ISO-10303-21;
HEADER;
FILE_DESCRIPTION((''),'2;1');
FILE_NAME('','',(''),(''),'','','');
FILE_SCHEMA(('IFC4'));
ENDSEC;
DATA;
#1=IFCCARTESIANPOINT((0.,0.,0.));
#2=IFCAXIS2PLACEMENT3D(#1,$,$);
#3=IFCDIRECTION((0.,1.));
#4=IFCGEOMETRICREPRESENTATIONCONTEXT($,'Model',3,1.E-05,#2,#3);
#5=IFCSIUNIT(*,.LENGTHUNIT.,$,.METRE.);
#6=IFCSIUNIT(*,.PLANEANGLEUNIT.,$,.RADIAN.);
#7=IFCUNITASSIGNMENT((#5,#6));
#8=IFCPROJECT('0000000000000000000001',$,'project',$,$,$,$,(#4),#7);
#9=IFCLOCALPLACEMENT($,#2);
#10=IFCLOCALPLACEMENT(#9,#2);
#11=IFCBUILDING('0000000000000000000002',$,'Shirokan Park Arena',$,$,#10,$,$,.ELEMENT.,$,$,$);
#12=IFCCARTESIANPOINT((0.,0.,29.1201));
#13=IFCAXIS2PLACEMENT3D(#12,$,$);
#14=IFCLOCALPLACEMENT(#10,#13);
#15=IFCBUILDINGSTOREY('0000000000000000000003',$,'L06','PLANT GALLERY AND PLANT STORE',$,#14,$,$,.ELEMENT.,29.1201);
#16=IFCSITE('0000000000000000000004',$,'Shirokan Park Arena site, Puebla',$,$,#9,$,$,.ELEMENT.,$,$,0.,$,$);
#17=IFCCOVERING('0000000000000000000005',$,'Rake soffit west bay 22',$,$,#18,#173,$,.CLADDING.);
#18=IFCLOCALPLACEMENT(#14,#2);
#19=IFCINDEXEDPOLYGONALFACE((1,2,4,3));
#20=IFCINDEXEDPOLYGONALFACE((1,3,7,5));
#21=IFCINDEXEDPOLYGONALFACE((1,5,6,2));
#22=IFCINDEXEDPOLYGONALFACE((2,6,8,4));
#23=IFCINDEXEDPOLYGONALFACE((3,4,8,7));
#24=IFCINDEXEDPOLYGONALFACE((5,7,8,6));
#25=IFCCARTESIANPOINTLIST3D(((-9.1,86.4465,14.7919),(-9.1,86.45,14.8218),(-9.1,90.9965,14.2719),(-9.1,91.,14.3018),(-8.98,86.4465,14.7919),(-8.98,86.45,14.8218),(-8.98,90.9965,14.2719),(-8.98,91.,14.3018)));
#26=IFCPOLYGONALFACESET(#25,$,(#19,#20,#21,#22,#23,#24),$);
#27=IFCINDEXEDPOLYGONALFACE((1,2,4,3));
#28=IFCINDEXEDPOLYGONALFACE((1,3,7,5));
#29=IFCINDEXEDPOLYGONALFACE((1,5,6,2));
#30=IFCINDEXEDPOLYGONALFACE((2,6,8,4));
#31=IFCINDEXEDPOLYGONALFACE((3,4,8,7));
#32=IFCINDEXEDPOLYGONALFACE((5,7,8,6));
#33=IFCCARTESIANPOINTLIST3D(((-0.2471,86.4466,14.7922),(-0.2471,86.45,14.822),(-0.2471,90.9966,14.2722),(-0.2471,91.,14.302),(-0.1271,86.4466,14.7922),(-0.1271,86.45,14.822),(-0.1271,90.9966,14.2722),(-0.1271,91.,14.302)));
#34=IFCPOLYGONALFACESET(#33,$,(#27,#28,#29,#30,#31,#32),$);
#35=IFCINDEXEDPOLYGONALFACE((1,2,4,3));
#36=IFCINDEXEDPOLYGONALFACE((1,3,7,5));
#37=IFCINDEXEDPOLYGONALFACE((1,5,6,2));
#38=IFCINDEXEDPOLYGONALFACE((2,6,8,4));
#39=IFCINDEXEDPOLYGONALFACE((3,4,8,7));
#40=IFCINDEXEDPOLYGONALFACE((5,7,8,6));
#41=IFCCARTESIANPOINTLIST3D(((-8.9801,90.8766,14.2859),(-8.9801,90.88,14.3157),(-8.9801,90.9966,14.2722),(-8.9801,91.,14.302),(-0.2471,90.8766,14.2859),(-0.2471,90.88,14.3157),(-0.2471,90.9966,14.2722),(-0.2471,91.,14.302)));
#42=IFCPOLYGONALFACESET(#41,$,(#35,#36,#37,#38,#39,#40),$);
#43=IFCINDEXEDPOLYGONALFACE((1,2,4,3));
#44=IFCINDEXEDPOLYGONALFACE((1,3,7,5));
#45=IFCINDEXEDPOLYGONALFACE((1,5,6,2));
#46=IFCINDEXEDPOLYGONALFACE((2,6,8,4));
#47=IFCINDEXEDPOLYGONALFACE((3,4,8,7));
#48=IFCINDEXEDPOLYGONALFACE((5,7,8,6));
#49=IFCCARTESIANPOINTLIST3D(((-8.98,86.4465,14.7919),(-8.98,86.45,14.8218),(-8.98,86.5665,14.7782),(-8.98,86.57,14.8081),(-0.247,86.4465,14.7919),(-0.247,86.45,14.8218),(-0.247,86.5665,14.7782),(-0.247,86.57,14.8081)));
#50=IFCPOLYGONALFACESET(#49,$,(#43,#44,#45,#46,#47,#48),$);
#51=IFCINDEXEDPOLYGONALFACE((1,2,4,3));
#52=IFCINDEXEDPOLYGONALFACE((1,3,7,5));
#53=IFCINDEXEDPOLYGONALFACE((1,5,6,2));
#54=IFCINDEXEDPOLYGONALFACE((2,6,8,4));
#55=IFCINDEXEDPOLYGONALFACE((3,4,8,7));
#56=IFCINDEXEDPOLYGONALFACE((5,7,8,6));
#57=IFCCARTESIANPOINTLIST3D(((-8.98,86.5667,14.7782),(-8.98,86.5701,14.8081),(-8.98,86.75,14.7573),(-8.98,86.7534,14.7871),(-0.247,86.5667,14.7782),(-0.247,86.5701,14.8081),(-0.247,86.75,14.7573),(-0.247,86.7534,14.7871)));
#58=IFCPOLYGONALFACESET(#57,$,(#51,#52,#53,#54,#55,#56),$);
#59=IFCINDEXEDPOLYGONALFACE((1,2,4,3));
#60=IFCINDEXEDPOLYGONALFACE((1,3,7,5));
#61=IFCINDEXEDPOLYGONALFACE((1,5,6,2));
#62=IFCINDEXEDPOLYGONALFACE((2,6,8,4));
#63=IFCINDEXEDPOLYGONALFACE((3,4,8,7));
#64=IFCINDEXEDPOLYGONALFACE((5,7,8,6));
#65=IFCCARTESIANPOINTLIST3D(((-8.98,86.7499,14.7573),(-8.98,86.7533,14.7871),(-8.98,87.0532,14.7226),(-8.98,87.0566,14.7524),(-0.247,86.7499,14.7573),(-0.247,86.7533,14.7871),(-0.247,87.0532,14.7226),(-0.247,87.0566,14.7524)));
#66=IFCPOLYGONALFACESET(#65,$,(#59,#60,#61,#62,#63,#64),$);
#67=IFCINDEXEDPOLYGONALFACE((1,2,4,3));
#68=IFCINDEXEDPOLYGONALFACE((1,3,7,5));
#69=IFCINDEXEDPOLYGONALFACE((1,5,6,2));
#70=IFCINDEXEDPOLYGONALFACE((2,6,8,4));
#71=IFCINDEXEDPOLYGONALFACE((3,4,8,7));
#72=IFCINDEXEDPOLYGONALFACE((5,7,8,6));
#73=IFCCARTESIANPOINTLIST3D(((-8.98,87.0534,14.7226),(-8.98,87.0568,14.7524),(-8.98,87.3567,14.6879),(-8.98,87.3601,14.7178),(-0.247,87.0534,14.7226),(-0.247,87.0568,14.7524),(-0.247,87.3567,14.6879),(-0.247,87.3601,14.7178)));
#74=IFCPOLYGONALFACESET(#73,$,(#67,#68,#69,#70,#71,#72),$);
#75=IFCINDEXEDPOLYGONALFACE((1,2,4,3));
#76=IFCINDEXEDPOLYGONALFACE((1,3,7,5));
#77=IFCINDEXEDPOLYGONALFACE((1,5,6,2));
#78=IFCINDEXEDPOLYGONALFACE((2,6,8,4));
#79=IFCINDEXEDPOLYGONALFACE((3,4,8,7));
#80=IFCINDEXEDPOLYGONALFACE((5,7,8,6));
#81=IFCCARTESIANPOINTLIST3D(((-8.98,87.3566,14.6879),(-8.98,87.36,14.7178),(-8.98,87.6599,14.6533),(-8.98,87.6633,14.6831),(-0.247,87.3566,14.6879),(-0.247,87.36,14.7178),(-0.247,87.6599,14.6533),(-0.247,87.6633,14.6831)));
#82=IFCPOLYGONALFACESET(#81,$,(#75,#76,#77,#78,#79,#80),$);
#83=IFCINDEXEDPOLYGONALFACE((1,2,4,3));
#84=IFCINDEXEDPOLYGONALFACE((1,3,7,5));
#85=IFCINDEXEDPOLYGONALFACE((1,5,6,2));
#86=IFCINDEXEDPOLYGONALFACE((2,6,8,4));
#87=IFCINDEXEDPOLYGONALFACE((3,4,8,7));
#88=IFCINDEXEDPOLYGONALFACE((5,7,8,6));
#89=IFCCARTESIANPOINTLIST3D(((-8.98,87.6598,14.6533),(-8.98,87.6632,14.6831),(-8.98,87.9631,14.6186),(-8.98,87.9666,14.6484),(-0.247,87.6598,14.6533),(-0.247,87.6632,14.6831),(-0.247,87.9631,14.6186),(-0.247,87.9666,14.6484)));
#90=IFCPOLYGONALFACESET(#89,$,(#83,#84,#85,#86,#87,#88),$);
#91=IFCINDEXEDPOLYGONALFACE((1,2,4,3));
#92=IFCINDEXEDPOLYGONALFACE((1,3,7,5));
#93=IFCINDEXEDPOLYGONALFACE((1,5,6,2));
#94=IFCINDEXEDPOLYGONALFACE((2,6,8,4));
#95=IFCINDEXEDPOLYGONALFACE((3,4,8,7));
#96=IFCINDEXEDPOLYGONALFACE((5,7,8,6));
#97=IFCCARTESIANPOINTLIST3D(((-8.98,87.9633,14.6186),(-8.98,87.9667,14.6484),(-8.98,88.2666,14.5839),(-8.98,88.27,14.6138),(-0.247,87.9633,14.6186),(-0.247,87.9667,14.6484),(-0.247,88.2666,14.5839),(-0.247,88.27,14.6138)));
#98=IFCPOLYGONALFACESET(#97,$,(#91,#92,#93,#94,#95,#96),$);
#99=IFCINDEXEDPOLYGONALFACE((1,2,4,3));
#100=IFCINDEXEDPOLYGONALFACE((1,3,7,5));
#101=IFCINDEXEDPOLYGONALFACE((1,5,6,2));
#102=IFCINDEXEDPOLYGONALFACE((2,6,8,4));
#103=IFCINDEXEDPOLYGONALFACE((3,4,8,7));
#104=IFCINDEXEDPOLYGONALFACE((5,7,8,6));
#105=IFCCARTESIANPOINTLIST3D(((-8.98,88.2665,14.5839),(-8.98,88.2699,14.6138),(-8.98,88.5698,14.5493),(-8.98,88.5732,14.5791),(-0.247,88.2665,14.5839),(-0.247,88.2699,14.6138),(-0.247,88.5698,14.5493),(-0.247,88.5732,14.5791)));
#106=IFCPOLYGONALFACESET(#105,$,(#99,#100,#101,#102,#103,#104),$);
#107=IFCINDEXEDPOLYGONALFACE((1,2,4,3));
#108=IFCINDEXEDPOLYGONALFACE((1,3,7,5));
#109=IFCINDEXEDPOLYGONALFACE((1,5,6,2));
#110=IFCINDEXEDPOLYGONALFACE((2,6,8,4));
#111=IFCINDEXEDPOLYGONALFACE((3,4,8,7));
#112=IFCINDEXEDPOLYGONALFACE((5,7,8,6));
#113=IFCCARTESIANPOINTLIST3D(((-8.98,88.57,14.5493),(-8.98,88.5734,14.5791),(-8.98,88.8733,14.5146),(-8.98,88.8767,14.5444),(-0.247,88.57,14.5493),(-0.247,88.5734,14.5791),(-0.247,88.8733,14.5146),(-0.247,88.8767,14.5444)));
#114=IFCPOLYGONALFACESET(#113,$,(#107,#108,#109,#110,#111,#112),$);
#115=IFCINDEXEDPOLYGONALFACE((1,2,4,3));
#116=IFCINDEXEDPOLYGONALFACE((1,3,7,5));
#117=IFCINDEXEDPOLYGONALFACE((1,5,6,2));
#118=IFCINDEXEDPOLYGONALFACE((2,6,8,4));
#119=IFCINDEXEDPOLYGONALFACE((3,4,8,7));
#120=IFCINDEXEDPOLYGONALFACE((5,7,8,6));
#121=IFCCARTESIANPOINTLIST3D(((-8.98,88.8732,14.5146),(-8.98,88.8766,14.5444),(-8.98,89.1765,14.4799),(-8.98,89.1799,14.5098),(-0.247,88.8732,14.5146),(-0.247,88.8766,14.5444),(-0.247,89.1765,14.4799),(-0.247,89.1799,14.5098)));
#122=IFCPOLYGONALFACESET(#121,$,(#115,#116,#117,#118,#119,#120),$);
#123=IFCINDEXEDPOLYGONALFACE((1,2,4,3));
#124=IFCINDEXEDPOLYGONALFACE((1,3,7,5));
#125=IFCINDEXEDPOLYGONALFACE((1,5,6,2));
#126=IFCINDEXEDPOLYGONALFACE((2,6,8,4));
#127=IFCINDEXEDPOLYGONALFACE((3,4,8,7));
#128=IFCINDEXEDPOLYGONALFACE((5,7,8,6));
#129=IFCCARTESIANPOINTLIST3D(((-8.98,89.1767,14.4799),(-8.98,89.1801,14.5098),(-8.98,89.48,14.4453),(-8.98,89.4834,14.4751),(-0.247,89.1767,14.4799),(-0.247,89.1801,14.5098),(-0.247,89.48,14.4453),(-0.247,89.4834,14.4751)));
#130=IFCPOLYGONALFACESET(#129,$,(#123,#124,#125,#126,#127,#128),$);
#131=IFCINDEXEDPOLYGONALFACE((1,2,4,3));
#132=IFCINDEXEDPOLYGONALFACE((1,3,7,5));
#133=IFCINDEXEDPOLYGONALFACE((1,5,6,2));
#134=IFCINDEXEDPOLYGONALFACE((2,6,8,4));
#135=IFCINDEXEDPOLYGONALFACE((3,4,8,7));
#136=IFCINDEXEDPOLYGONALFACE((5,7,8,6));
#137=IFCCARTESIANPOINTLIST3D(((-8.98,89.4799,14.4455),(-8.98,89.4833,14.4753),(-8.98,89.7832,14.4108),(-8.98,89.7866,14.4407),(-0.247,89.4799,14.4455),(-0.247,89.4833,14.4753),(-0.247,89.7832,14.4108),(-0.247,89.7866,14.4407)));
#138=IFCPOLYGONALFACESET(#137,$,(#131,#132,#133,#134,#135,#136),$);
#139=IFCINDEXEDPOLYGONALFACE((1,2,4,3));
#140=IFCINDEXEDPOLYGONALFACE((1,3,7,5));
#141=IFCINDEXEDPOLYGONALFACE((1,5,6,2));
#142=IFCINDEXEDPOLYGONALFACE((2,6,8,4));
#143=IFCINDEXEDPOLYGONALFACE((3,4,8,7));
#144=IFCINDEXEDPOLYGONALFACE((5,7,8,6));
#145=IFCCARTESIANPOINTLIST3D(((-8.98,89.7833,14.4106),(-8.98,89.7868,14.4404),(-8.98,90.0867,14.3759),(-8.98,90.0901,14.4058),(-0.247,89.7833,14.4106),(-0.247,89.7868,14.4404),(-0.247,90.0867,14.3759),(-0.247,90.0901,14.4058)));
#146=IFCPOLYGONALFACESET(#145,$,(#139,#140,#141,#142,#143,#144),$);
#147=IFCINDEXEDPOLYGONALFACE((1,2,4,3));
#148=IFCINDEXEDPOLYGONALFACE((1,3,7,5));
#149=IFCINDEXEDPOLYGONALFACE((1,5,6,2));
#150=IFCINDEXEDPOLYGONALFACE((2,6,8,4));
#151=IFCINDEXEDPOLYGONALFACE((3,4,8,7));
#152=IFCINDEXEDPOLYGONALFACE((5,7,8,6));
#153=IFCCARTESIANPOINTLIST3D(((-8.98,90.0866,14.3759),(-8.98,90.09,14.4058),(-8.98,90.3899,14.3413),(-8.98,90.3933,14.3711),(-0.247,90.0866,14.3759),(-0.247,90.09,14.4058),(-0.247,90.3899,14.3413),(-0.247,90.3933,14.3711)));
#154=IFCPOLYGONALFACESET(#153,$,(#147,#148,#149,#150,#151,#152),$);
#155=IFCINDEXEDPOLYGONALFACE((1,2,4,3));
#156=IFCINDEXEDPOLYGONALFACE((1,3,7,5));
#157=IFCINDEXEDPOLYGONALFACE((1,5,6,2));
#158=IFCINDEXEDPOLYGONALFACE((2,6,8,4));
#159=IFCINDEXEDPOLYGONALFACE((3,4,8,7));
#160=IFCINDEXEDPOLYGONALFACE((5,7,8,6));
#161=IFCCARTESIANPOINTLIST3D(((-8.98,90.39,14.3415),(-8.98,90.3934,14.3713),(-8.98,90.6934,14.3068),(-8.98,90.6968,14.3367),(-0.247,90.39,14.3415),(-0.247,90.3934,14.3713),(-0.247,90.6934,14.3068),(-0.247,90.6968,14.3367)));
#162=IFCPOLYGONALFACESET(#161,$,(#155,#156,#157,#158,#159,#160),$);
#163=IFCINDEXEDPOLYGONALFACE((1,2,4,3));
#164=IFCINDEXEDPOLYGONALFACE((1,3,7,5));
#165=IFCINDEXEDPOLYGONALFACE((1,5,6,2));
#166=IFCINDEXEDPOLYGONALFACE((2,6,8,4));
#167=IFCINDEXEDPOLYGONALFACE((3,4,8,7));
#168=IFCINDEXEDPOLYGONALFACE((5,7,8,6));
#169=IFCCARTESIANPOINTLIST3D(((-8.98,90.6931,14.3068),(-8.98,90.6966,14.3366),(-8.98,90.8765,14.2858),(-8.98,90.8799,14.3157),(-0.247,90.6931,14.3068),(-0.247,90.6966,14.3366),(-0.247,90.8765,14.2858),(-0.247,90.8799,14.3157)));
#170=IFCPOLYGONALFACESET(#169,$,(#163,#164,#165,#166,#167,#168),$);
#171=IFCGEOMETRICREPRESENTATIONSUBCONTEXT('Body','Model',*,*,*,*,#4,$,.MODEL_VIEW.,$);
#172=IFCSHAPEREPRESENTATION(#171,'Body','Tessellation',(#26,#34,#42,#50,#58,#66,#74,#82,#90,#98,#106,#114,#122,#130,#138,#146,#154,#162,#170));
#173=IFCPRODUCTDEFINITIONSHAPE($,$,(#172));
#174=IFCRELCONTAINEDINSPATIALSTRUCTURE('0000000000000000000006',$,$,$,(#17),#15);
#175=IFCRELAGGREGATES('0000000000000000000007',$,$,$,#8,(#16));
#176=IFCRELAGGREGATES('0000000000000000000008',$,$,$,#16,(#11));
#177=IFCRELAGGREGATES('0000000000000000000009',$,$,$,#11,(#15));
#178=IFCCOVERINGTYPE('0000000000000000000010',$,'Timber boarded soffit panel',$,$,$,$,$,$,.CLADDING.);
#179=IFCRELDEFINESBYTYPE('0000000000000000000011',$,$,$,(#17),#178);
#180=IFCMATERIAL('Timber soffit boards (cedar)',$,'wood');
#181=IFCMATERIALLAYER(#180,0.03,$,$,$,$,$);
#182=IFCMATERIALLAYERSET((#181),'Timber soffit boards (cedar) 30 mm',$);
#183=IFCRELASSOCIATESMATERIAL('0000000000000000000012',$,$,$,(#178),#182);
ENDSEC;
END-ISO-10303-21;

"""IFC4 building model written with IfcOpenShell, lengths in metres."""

from ifc_helpers import new_model, si_unit, direction, frame, origin, place, context, subcontext, project, spatial, polyline, outline, extrude, material, layer, layer_set, type_object, element, save


model = new_model("IFC4")

# Units and contexts
model_context = context("Model", 3, precision=1e-05, world=origin(), true_north=direction((0.0, 1.0)))
body_context = subcontext(model_context, "Body", "Model", "MODEL_VIEW")
ifc_project = project(units=[si_unit("LENGTHUNIT", "METRE"), si_unit("PLANEANGLEUNIT", "RADIAN")], contexts=[model_context])

# Site, building, storey
site_placement = place(None, origin())
site = spatial("IfcSite", under=ifc_project, at=site_placement, Name="Shirokan Park Arena site, Puebla", CompositionType="ELEMENT", RefElevation=0.0)
building_placement = place(site_placement, origin())
building = spatial("IfcBuilding", under=site, at=building_placement, Name="Shirokan Park Arena", CompositionType="ELEMENT")
storey_placement = place(building_placement, frame((0.0, 0.0, 29.1201)))
storey = spatial("IfcBuildingStorey", under=building, at=storey_placement, Name="L06", Description="PLANT GALLERY AND PLANT STORE", CompositionType="ELEMENT", Elevation=29.1201)

# Covering
ifc_material = material(Name="Timber soffit boards (cedar)", Category="wood")
ifc_layer = layer(ifc_material, 0.03)
ifc_layer_set = layer_set([ifc_layer], Name="Timber soffit boards (cedar) 30 mm")
covering_type = type_object("IfcCoveringType", Name="Timber boarded soffit panel", PredefinedType="CLADDING", material=ifc_layer_set)
covering_1_placement = place(storey_placement, origin())
element("IfcCovering", 1, at=covering_1_placement, inside=storey, type_object=covering_type, Name="Rake soffit west bay 22", PredefinedType="CLADDING", context=body_context, shape_type="SweptSolid", body=[
    extrude(outline(polyline([(0.0, 0.0), (0.12, 0.0), (0.12, -4.5796), (0.0, -4.5796), (0.0, 0.0)])), frame((-8.98, 86.45, 14.8218), z_axis=(0.0, 0.113547, 0.993533), x_axis=(-1.0, 0.0, 0.0)), (0.0, 0.0, -1.0), 0.03),
    extrude(outline(polyline([(0.0, 0.0), (0.12, 0.0), (0.12, -4.5796), (0.0, -4.5796), (0.0, 0.0)])), frame((-0.2471, 91.0, 14.302), z_axis=(0.0, 0.113547, 0.993533), x_axis=(1.0, 0.0, 0.0)), (0.0, 0.0, -1.0), 0.03),
    extrude(outline(polyline([(0.0, 0.0), (0.1208, 0.0), (0.1208, -8.733), (0.0, -8.733), (0.0, 0.0)])), frame((-0.2471, 91.0, 14.302), z_axis=(0.0, 0.113512, 0.993537), x_axis=(0.0, -0.993537, 0.113512)), (0.0, 0.0, -1.0), 0.03),
    extrude(outline(polyline([(0.0, 0.0), (0.1208, 0.0), (0.1208, -8.733), (0.0, -8.733), (0.0, 0.0)])), frame((-8.98, 86.45, 14.8218), z_axis=(0.0, 0.113512, 0.993537), x_axis=(0.0, 0.993537, -0.113512)), (0.0, 0.0, -1.0), 0.03),
    extrude(outline(polyline([(0.0, 0.0), (8.733, 0.0), (8.733, -0.1845), (0.0, -0.1845), (0.0, 0.0)])), frame((-8.98, 86.7534, 14.7871), z_axis=(0.0, 0.113589, 0.993528), x_axis=(1.0, 0.0, 0.0)), (0.0, 0.0, -1.0), 0.03),
    extrude(outline(polyline([(0.0, 0.0), (8.733, 0.0), (8.733, -0.3053), (0.0, -0.3053), (0.0, 0.0)])), frame((-8.98, 87.0566, 14.7524), z_axis=(0.0, 0.113523, 0.993535), x_axis=(1.0, 0.0, 0.0)), (0.0, 0.0, -1.0), 0.03),
    extrude(outline(polyline([(0.0, 0.0), (8.733, 0.0), (8.733, -0.3053), (0.0, -0.3053), (0.0, 0.0)])), frame((-8.98, 87.3601, 14.7178), z_axis=(0.0, 0.113559, 0.993531), x_axis=(1.0, 0.0, 0.0)), (0.0, 0.0, -1.0), 0.03),
    extrude(outline(polyline([(0.0, 0.0), (8.733, 0.0), (8.733, -0.3053), (0.0, -0.3053), (0.0, 0.0)])), frame((-8.98, 87.6633, 14.6831), z_axis=(0.0, 0.113559, 0.993531), x_axis=(1.0, 0.0, 0.0)), (0.0, 0.0, -1.0), 0.03),
    extrude(outline(polyline([(0.0, 0.0), (8.733, 0.0), (8.733, -0.3053), (0.0, -0.3053), (0.0, 0.0)])), frame((-8.98, 87.9666, 14.6484), z_axis=(0.0, 0.113523, 0.993535), x_axis=(1.0, 0.0, 0.0)), (0.0, 0.0, -1.0), 0.03),
    extrude(outline(polyline([(0.0, 0.0), (8.733, 0.0), (8.733, -0.3053), (0.0, -0.3053), (0.0, 0.0)])), frame((-8.98, 88.27, 14.6138), z_axis=(0.0, 0.113559, 0.993531), x_axis=(1.0, 0.0, 0.0)), (0.0, 0.0, -1.0), 0.03),
    extrude(outline(polyline([(0.0, 0.0), (8.733, 0.0), (8.733, -0.3053), (0.0, -0.3053), (0.0, 0.0)])), frame((-8.98, 88.5732, 14.5791), z_axis=(0.0, 0.113559, 0.993531), x_axis=(1.0, 0.0, 0.0)), (0.0, 0.0, -1.0), 0.03),
    extrude(outline(polyline([(0.0, 0.0), (8.733, 0.0), (8.733, -0.3053), (0.0, -0.3053), (0.0, 0.0)])), frame((-8.98, 88.8767, 14.5444), z_axis=(0.0, 0.113523, 0.993535), x_axis=(1.0, 0.0, 0.0)), (0.0, 0.0, -1.0), 0.03),
    extrude(outline(polyline([(0.0, 0.0), (8.733, 0.0), (8.733, -0.3053), (0.0, -0.3053), (0.0, 0.0)])), frame((-8.98, 89.1799, 14.5098), z_axis=(0.0, 0.113559, 0.993531), x_axis=(1.0, 0.0, 0.0)), (0.0, 0.0, -1.0), 0.03),
    extrude(outline(polyline([(0.0, 0.0), (8.733, 0.0), (8.733, -0.3053), (0.0, -0.3053), (0.0, 0.0)])), frame((-8.98, 89.4834, 14.4751), z_axis=(0.0, 0.113559, 0.993531), x_axis=(1.0, 0.0, 0.0)), (0.0, 0.0, -1.0), 0.03),
    extrude(outline(polyline([(0.0, 0.0), (8.733, 0.0), (8.733, -0.3053), (0.0, -0.3053), (0.0, 0.0)])), frame((-8.98, 89.7866, 14.4407), z_axis=(0.0, 0.113523, 0.993535), x_axis=(1.0, 0.0, 0.0)), (0.0, 0.0, -1.0), 0.03),
    extrude(outline(polyline([(0.0, 0.0), (8.733, 0.0), (8.733, -0.3053), (0.0, -0.3053), (0.0, 0.0)])), frame((-8.98, 90.0901, 14.4058), z_axis=(0.0, 0.113559, 0.993531), x_axis=(1.0, 0.0, 0.0)), (0.0, 0.0, -1.0), 0.03),
    extrude(outline(polyline([(0.0, 0.0), (8.733, 0.0), (8.733, -0.3053), (0.0, -0.3053), (0.0, 0.0)])), frame((-8.98, 90.3933, 14.3711), z_axis=(0.0, 0.113559, 0.993531), x_axis=(1.0, 0.0, 0.0)), (0.0, 0.0, -1.0), 0.03),
    extrude(outline(polyline([(0.0, 0.0), (8.733, 0.0), (8.733, -0.3053), (0.0, -0.3053), (0.0, 0.0)])), frame((-8.98, 90.6968, 14.3367), z_axis=(0.0, 0.113523, 0.993535), x_axis=(1.0, 0.0, 0.0)), (0.0, 0.0, -1.0), 0.03),
    extrude(outline(polyline([(0.0, 0.0), (8.733, 0.0), (8.733, -0.1845), (0.0, -0.1845), (0.0, 0.0)])), frame((-8.98, 90.8799, 14.3157), z_axis=(0.0, 0.113589, 0.993528), x_axis=(1.0, 0.0, 0.0)), (0.0, 0.0, -1.0), 0.03),
])

save(model, "model.ifc")
